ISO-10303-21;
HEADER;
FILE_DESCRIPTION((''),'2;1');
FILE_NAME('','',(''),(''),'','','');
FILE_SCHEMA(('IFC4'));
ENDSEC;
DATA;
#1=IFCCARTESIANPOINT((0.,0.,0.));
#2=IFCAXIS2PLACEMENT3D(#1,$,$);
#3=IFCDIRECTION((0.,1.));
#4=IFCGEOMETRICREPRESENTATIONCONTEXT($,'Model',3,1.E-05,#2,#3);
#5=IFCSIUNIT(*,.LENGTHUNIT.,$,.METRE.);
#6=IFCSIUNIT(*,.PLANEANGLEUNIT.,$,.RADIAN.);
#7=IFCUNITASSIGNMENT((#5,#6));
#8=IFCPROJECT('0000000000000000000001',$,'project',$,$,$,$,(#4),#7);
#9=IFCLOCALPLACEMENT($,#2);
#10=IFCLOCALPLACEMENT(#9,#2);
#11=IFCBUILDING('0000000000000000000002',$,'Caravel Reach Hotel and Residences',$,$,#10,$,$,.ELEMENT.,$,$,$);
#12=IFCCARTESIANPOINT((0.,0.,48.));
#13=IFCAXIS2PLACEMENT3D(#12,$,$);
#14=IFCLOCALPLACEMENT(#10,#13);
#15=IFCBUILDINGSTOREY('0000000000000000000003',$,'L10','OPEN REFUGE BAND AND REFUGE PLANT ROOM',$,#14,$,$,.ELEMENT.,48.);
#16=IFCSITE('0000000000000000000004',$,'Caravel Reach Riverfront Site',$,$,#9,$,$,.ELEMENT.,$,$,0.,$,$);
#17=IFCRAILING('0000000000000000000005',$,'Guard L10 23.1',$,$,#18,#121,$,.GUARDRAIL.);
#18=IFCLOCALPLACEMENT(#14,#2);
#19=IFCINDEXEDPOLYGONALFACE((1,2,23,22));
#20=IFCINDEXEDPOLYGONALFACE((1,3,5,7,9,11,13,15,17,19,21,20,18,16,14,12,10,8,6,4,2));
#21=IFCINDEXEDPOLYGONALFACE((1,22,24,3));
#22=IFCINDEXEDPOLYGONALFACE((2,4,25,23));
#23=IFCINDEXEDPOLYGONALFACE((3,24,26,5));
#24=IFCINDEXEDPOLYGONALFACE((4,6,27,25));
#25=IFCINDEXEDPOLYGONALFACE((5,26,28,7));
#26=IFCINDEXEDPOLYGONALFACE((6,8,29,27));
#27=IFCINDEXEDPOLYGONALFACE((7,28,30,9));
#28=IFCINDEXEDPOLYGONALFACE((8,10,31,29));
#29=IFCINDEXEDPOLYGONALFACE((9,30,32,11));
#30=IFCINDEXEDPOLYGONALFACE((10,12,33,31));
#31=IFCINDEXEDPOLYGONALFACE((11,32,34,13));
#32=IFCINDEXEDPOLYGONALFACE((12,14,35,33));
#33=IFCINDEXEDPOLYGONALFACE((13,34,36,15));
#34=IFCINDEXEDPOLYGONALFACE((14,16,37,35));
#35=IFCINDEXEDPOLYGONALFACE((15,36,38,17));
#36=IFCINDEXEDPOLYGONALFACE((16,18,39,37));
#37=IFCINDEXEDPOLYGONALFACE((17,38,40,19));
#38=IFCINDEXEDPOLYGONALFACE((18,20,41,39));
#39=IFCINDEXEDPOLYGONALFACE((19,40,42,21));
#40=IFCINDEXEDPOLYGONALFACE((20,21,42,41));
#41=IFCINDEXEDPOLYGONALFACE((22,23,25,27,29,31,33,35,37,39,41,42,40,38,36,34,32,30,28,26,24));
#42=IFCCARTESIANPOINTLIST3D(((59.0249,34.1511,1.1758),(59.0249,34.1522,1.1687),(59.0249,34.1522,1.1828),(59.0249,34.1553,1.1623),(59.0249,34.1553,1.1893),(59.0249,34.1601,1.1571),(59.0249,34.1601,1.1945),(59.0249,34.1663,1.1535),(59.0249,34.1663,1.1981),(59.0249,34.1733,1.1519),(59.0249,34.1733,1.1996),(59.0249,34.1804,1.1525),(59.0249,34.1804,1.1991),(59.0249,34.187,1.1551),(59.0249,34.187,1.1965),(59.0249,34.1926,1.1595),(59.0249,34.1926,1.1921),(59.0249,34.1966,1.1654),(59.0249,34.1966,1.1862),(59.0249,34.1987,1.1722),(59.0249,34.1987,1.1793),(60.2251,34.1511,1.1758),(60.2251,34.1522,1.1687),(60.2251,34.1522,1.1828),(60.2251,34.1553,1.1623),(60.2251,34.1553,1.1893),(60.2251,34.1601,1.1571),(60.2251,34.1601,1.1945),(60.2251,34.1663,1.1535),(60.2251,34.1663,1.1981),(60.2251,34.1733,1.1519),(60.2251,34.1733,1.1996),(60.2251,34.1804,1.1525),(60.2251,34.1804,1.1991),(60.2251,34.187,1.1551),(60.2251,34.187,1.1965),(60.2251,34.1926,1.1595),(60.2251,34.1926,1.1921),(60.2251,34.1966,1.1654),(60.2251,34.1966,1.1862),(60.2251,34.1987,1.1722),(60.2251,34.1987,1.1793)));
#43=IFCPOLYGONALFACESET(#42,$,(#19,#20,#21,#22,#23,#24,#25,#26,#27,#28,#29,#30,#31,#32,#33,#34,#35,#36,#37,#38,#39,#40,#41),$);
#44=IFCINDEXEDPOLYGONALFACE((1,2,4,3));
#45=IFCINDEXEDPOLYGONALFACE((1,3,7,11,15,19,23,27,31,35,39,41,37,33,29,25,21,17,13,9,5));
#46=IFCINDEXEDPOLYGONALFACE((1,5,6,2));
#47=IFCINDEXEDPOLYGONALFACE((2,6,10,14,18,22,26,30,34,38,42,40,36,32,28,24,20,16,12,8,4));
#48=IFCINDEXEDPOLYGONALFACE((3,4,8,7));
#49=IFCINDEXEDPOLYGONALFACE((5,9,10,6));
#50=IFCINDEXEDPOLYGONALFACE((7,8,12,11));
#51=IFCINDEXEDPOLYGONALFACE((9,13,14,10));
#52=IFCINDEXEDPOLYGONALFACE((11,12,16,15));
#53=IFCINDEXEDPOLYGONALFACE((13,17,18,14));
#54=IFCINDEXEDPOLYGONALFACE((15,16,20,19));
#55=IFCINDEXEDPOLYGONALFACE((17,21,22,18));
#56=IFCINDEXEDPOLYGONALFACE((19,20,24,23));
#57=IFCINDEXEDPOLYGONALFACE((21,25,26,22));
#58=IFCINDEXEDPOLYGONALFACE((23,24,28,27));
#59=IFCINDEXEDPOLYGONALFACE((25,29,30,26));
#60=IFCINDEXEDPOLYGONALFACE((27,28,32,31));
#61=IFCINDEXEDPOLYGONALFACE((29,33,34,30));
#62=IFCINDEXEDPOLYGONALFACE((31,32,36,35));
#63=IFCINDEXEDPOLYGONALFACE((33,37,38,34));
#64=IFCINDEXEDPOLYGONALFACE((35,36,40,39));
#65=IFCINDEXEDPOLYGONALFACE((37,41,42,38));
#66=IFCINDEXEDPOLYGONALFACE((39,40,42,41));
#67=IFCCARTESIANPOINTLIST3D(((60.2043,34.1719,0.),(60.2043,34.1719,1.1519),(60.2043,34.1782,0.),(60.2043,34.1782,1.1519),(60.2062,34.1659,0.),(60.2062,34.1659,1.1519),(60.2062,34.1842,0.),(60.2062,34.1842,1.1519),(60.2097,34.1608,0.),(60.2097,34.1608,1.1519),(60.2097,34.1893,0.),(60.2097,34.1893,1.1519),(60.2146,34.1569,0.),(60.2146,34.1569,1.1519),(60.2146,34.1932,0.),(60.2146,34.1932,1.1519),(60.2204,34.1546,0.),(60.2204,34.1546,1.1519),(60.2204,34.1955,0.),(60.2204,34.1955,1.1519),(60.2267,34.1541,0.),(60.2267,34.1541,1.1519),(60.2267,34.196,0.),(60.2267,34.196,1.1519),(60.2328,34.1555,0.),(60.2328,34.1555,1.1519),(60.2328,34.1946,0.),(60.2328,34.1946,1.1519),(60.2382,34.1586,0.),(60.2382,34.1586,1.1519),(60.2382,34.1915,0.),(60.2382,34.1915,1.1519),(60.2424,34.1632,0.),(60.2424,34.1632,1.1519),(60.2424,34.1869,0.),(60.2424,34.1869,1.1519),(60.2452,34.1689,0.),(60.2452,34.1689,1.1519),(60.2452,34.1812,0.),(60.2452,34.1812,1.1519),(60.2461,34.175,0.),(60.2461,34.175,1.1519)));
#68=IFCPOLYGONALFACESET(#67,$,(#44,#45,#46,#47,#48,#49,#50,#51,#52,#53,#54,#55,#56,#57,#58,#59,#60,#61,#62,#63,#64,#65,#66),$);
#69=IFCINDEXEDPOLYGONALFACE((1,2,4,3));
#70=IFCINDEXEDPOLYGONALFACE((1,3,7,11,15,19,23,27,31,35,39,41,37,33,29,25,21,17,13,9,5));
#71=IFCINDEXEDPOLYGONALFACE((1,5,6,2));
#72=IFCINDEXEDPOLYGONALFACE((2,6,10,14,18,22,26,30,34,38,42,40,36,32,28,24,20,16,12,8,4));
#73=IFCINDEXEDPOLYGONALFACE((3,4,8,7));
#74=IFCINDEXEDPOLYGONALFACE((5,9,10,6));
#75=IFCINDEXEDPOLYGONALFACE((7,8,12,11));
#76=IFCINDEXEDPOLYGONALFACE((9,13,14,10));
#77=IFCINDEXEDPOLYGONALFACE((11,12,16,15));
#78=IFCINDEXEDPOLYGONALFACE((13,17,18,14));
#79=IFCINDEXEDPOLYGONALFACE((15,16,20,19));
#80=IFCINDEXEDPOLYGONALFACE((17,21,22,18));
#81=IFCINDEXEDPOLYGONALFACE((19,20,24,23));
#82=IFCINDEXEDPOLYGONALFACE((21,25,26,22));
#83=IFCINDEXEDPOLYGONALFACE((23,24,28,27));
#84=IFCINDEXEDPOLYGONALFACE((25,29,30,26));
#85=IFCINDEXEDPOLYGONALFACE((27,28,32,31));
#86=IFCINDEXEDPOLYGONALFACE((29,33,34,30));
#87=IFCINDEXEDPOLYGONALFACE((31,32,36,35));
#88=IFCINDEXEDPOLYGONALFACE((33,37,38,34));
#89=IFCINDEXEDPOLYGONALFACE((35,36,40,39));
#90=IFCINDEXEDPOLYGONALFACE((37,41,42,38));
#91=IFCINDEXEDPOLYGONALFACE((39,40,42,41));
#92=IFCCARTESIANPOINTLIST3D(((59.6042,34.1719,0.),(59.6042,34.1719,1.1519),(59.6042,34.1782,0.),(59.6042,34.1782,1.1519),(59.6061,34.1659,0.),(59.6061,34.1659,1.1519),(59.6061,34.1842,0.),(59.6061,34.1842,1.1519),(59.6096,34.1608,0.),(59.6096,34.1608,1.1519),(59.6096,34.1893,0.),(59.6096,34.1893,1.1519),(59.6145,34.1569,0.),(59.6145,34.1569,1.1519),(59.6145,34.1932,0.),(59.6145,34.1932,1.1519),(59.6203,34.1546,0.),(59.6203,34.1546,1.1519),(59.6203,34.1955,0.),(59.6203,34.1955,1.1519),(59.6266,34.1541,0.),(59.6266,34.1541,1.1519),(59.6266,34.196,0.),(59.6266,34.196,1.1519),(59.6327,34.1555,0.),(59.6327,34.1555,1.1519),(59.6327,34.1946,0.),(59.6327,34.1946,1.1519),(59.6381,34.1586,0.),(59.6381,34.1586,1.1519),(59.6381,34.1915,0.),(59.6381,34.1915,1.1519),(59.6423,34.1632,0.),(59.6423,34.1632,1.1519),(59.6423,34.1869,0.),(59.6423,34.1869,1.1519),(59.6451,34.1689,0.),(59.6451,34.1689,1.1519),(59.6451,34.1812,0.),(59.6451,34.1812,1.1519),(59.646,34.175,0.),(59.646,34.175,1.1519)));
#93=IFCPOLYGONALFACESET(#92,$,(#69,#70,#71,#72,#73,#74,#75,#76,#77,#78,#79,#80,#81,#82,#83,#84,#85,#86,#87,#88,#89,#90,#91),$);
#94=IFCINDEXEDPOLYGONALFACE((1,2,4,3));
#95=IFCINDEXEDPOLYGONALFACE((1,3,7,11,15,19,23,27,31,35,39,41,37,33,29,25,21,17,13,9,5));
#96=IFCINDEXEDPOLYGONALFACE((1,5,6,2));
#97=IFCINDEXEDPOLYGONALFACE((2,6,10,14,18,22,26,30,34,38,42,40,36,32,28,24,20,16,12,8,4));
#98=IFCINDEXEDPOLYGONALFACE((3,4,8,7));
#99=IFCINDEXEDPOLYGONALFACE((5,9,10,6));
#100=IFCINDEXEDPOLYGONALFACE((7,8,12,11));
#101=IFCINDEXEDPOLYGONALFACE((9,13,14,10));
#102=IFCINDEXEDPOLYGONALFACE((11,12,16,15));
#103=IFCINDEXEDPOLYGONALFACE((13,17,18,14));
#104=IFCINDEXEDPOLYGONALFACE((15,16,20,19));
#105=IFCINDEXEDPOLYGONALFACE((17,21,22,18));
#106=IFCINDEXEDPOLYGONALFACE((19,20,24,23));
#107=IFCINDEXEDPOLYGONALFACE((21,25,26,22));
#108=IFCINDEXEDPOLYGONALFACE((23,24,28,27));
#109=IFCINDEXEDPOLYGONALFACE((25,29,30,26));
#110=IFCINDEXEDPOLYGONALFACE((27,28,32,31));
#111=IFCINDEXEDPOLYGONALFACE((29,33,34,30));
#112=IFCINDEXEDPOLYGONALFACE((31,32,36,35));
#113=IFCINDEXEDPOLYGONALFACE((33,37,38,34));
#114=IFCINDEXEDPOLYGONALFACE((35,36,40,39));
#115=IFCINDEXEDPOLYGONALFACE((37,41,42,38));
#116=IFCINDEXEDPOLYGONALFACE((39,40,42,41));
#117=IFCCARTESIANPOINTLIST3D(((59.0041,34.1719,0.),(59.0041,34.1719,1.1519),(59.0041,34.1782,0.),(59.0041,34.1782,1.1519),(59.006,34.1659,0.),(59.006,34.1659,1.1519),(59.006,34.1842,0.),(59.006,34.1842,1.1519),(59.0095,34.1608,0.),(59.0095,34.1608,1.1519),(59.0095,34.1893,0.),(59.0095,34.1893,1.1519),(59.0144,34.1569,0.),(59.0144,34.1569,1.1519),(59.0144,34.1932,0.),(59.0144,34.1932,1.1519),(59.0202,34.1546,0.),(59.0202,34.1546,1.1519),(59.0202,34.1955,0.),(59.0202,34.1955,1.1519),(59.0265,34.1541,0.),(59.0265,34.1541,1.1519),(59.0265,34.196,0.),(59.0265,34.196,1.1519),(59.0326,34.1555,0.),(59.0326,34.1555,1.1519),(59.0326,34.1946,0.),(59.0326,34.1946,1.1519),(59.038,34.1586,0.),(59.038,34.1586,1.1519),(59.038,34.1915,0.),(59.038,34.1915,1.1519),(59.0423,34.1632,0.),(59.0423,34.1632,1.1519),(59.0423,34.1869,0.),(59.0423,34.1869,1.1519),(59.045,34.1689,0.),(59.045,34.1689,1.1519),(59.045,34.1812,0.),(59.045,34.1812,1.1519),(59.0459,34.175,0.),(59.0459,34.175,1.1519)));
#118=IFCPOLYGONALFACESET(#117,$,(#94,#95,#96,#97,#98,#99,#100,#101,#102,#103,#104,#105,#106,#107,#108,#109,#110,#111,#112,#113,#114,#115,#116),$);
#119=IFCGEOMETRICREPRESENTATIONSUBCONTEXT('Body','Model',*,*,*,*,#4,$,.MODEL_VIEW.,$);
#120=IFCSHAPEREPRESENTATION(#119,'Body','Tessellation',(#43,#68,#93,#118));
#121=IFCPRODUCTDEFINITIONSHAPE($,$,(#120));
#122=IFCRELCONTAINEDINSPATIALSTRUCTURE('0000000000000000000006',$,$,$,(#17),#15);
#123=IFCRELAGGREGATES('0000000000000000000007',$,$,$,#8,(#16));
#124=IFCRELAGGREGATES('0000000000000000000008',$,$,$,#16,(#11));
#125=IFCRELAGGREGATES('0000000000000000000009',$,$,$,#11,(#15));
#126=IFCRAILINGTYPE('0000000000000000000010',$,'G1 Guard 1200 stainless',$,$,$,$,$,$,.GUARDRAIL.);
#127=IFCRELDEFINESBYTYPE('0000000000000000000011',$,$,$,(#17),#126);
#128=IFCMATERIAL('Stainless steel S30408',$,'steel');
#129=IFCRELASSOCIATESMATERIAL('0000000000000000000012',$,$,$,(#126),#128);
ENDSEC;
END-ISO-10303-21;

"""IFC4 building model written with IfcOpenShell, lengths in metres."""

from ifc_helpers import new_model, si_unit, direction, frame, origin, origin_2d, place, context, subcontext, project, spatial, circle, extrude, material, type_object, element, save


model = new_model("IFC4")

# Units and contexts
model_context = context("Model", 3, precision=1e-05, world=origin(), true_north=direction((0.0, 1.0)))
body_context = subcontext(model_context, "Body", "Model", "MODEL_VIEW")
ifc_project = project(units=[si_unit("LENGTHUNIT", "METRE"), si_unit("PLANEANGLEUNIT", "RADIAN")], contexts=[model_context])

# Site, building, storey
site_placement = place(None, origin())
site = spatial("IfcSite", under=ifc_project, at=site_placement, Name="Caravel Reach Riverfront Site", CompositionType="ELEMENT", RefElevation=0.0)
building_placement = place(site_placement, origin())
building = spatial("IfcBuilding", under=site, at=building_placement, Name="Caravel Reach Hotel and Residences", CompositionType="ELEMENT")
storey_placement = place(building_placement, frame((0.0, 0.0, 48.0)))
storey = spatial("IfcBuildingStorey", under=building, at=storey_placement, Name="L10", Description="OPEN REFUGE BAND AND REFUGE PLANT ROOM", CompositionType="ELEMENT", Elevation=48.0)

# Railing
ifc_material_1 = material(Name="Stainless steel S30408", Category="steel")
railing_type = type_object("IfcRailingType", Name="G1 Guard 1200 stainless", PredefinedType="GUARDRAIL", material=ifc_material_1)
railing_1_placement = place(storey_placement, frame((60.2251, 34.175, 0.0)))
element("IfcRailing", 1, at=railing_1_placement, inside=storey, type_object=railing_type, Name="Guard L10 23.1", PredefinedType="GUARDRAIL", context=body_context, shape_type="SweptSolid", body=[
    extrude(circle(Radius=0.0239, at=origin_2d()), frame((0.0, 0.0, 1.1758), z_axis=(-1.0, 0.0, 0.0), x_axis=(0.0, -1.0, 0.0)), (0.0, 0.0, 1.0), 1.2002),
    extrude(circle(Radius=0.021, at=origin_2d()), origin(), (0.0, 0.0, 1.0), 1.1519),
    extrude(circle(Radius=0.021, at=origin_2d()), frame((-0.6001, 0.0, 0.0)), (0.0, 0.0, 1.0), 1.1519),
    extrude(circle(Radius=0.021, at=origin_2d()), frame((-1.2002, 0.0, 0.0)), (0.0, 0.0, 1.0), 1.1519),
])

save(model, "model.ifc")
